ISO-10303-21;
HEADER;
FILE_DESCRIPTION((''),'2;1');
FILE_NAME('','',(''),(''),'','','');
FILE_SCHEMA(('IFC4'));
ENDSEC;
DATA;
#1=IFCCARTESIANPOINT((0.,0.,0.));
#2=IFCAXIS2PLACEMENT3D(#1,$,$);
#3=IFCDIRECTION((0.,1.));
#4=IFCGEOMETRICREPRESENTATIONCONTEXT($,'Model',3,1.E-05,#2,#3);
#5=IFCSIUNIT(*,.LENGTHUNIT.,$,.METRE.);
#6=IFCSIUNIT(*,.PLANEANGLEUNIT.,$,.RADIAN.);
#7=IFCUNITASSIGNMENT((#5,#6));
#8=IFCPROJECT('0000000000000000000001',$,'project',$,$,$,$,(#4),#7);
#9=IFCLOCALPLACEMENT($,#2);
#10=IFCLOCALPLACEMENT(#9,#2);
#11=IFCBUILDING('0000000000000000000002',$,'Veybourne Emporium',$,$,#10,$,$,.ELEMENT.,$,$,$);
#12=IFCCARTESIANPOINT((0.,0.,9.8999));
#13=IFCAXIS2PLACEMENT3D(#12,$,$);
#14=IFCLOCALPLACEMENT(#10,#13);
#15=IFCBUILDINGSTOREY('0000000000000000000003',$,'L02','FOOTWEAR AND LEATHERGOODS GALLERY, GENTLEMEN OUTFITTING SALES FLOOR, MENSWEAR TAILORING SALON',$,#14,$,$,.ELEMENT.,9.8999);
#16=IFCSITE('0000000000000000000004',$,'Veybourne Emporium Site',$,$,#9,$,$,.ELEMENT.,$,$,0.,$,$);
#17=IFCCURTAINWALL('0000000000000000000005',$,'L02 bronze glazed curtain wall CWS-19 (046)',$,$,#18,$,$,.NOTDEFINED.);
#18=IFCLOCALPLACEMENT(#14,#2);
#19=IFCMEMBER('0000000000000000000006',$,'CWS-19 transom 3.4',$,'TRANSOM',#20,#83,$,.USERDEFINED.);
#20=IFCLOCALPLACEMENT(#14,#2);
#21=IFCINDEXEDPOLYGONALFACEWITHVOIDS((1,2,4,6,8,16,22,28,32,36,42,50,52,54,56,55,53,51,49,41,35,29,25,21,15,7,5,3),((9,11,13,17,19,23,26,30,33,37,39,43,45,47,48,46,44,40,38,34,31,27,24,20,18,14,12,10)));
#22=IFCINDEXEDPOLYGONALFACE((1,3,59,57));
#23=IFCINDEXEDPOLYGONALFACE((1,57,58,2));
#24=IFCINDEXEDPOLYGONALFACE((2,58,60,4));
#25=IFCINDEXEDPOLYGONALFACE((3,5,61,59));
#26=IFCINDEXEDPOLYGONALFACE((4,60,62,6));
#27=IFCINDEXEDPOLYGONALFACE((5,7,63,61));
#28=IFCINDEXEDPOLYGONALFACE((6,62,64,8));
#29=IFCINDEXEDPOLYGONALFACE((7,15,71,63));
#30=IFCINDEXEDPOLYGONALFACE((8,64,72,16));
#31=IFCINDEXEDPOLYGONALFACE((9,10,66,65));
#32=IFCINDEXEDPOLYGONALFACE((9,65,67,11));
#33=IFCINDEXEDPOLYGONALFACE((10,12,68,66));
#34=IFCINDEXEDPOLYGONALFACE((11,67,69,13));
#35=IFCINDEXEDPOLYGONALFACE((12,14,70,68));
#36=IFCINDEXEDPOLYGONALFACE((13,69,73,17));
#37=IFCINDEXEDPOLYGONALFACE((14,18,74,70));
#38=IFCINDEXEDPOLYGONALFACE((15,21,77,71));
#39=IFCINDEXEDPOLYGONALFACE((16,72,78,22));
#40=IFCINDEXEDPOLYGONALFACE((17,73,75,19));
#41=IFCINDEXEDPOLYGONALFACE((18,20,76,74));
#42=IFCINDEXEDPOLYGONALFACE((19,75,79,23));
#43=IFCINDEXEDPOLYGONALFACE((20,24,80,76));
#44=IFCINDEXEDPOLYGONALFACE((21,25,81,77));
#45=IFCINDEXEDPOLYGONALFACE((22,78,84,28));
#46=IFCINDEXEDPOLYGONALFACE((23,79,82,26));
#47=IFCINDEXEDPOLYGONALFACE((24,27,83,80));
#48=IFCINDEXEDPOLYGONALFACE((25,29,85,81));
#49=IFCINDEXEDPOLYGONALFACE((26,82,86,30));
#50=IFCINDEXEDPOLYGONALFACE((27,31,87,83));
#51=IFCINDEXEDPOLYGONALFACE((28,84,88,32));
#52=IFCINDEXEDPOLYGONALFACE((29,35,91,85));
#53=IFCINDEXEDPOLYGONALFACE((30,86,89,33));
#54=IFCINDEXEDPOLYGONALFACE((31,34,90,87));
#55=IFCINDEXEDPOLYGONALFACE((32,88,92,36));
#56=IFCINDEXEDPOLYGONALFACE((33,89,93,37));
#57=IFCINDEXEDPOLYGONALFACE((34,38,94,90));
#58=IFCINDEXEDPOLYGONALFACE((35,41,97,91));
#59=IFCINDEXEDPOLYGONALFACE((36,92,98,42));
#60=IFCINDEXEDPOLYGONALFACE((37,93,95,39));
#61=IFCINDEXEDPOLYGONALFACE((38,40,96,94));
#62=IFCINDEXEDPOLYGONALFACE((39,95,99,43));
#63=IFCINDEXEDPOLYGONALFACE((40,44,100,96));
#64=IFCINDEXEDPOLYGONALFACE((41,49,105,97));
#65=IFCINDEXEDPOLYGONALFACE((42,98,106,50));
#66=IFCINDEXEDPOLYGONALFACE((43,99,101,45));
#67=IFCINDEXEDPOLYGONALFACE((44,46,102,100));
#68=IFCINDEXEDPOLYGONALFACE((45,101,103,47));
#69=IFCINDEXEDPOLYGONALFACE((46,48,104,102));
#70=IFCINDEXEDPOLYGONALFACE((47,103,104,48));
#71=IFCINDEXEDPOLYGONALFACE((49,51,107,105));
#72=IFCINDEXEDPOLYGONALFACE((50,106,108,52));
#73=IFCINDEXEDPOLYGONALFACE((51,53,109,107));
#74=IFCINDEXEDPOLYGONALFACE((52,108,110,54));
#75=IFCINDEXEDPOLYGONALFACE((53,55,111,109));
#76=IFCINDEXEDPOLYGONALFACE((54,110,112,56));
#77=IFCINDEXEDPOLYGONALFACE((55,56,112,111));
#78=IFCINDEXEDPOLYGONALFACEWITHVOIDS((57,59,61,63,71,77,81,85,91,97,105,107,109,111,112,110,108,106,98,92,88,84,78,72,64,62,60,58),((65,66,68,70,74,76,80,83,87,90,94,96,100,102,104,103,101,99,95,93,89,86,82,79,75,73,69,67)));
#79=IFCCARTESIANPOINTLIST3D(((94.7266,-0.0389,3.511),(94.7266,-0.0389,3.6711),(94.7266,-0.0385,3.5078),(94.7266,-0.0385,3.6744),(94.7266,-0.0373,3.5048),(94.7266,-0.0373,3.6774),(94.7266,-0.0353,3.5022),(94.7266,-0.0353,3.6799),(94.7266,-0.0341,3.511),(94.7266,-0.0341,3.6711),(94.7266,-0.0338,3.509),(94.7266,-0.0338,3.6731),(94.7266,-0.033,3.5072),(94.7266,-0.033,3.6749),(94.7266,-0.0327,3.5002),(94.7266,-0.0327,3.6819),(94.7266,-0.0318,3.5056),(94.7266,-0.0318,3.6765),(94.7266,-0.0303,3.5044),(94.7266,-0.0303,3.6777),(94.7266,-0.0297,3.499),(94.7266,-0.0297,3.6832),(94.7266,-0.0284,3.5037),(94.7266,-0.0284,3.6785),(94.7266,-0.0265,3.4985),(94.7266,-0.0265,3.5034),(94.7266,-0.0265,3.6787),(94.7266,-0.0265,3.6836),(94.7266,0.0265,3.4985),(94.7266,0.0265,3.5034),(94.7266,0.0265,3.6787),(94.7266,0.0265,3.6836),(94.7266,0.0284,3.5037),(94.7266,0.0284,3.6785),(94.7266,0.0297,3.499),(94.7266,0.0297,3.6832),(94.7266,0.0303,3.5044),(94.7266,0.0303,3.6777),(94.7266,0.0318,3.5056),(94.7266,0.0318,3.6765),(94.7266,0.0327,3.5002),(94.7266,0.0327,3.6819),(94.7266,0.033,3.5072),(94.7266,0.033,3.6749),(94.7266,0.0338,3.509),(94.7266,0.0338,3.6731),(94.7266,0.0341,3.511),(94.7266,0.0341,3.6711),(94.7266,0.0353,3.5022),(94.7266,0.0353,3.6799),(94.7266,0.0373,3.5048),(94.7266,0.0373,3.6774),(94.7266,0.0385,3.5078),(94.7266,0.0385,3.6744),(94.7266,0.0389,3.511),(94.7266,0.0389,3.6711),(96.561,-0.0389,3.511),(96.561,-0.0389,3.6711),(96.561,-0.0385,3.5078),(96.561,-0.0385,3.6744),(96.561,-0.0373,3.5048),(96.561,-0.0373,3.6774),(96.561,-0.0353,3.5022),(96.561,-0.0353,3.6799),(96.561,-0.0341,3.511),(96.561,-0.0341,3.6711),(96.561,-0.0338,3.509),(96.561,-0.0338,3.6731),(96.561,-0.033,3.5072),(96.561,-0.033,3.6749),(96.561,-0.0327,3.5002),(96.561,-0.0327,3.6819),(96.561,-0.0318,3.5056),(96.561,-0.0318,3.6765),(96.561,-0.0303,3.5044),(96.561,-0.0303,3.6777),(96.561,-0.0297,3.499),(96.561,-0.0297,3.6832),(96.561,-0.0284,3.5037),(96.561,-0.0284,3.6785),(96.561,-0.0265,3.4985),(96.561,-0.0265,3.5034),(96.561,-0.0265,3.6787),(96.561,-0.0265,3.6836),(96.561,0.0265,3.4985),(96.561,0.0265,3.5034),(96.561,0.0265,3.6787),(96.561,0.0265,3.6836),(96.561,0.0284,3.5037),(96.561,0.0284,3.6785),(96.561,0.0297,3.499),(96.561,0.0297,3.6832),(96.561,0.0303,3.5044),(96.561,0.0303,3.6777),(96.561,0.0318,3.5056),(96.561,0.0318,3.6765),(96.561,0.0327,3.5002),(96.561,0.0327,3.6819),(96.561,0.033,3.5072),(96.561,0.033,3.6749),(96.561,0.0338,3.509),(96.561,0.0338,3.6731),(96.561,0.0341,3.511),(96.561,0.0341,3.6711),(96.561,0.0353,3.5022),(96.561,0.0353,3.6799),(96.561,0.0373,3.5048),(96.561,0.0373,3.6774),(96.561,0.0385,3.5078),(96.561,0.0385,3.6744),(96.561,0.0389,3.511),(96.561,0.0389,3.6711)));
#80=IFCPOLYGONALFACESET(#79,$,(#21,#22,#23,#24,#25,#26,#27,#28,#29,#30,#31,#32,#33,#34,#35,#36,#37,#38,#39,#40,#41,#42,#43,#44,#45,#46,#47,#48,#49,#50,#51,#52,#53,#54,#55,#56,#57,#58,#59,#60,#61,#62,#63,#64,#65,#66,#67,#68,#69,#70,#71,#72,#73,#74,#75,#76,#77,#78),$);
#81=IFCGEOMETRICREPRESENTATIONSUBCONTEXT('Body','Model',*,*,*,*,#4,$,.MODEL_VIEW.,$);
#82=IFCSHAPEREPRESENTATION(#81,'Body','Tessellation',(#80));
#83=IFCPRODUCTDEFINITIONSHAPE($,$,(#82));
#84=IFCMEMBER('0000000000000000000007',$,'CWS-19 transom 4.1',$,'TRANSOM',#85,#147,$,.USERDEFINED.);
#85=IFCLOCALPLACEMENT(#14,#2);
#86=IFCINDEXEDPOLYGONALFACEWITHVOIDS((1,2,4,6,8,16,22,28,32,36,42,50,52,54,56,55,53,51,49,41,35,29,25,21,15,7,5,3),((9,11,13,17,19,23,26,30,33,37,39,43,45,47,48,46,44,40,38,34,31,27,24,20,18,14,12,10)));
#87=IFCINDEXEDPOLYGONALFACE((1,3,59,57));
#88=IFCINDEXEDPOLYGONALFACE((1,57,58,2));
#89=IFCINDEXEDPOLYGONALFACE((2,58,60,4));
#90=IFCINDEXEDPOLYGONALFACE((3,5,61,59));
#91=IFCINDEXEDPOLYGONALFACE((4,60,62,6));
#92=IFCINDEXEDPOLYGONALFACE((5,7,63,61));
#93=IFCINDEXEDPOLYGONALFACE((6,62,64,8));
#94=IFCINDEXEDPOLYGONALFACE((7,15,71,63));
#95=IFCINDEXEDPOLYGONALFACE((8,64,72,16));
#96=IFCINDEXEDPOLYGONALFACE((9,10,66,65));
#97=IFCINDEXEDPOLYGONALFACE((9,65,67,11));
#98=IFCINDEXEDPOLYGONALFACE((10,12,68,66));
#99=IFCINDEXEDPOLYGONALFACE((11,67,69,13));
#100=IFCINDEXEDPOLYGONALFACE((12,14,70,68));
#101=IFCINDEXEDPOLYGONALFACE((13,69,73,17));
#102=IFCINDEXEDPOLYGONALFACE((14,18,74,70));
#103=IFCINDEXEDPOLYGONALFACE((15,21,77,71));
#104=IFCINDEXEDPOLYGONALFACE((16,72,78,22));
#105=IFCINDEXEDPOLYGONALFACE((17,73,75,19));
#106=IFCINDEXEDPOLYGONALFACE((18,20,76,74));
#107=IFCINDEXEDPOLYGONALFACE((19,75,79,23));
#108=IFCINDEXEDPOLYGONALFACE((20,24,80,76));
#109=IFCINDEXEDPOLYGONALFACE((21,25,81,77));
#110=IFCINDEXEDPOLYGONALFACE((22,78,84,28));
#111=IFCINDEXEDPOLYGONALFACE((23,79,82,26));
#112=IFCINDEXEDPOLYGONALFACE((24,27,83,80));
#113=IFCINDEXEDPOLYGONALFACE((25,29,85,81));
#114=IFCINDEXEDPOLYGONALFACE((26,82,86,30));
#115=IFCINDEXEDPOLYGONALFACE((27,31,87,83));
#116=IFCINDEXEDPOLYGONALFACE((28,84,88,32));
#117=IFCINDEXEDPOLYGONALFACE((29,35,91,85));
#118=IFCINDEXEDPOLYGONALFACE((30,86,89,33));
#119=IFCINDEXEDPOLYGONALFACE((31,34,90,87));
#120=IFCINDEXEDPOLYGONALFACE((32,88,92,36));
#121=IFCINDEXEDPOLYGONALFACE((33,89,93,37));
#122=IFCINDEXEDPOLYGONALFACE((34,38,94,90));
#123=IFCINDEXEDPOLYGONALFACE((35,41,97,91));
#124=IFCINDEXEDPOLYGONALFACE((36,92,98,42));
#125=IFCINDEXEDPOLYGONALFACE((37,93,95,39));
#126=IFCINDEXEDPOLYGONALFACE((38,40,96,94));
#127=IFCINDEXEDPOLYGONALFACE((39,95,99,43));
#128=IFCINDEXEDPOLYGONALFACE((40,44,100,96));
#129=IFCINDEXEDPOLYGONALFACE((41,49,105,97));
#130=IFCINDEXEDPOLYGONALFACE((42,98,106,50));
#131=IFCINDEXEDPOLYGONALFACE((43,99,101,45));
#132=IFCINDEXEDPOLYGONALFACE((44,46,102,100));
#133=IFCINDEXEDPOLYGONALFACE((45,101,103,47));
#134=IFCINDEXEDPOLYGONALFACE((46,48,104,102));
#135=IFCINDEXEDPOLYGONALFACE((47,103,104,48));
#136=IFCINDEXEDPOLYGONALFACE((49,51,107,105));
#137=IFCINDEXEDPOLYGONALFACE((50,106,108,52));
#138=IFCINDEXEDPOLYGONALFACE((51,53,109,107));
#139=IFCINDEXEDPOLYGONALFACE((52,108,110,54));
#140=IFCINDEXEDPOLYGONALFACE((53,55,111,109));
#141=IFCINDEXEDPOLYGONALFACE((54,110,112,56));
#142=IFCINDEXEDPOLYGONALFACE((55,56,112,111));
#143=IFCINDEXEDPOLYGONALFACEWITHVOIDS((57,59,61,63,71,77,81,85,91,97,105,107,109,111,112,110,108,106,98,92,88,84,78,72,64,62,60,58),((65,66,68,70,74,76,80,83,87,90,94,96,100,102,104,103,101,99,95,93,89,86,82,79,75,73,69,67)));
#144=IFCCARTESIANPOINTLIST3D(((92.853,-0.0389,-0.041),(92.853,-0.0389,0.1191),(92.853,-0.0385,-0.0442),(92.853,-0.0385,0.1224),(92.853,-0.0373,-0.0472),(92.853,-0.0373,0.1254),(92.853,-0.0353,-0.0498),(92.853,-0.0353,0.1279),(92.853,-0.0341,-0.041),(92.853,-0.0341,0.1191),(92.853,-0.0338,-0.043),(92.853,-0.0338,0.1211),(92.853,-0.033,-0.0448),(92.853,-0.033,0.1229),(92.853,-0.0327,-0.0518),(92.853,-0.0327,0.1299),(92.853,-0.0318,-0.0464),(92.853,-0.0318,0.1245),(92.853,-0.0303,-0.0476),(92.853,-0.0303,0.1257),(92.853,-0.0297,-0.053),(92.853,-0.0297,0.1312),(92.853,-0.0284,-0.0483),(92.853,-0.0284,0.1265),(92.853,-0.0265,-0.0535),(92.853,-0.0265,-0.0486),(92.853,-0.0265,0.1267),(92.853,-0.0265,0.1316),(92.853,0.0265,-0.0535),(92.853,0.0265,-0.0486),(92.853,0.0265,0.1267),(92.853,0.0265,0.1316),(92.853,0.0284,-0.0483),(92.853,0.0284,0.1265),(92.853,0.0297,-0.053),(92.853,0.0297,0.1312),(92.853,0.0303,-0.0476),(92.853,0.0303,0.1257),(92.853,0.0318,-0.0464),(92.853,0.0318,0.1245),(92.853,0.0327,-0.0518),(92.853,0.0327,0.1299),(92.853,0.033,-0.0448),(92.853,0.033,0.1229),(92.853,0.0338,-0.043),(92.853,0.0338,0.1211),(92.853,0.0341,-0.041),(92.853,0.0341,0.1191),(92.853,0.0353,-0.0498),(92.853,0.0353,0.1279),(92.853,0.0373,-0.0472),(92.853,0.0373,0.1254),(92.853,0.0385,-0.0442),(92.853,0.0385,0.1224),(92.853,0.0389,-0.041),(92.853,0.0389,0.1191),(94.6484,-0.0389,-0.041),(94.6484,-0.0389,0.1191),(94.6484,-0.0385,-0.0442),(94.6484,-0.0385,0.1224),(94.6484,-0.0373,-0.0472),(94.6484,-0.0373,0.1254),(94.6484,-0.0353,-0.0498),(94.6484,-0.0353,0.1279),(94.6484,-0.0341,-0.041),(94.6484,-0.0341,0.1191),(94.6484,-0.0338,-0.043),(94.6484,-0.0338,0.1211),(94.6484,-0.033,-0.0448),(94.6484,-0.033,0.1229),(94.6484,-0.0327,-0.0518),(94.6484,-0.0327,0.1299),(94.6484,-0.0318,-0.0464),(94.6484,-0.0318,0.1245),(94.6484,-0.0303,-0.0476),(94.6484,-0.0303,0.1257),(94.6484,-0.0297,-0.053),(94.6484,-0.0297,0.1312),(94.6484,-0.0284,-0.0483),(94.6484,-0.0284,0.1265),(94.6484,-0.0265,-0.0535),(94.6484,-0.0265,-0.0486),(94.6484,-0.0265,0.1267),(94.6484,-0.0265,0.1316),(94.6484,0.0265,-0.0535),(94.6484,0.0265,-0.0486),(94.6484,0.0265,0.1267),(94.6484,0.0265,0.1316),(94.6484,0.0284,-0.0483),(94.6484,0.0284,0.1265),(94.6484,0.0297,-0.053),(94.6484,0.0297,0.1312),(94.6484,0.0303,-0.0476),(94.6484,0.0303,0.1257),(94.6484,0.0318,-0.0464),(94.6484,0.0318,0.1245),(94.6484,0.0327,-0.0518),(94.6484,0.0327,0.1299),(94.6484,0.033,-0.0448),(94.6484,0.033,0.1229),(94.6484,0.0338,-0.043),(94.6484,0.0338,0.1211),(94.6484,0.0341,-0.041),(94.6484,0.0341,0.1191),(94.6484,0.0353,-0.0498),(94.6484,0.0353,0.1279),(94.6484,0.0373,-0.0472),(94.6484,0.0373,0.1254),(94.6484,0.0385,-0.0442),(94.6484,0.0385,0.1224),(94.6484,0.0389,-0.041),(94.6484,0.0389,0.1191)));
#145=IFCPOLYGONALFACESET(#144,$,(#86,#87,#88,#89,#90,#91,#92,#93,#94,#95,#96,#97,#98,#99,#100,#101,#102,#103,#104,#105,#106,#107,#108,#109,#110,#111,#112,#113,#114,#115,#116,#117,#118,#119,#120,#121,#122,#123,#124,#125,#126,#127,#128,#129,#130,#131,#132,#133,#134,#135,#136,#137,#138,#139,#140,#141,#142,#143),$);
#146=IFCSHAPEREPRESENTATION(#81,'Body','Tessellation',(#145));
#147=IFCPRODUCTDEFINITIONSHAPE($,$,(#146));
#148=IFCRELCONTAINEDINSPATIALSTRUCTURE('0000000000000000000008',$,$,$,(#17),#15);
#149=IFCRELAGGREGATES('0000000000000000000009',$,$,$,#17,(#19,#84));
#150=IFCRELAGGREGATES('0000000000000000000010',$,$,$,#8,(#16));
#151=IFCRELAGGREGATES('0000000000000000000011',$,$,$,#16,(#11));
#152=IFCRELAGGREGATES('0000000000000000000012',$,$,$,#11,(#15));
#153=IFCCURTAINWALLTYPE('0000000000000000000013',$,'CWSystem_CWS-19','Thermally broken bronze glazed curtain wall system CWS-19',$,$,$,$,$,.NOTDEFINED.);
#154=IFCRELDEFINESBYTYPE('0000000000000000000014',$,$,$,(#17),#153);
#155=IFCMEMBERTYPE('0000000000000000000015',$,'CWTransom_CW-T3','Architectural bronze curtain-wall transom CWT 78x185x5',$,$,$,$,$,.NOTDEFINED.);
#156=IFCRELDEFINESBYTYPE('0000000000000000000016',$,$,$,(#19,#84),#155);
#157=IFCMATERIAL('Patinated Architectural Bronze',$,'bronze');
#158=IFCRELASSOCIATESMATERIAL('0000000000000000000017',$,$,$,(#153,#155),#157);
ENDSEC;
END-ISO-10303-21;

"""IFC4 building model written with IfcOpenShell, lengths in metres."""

from ifc_helpers import new_model, si_unit, direction, frame, origin, origin_2d, place, context, subcontext, project, spatial, hollow_rectangle, extrude, material, material_profile, profile_set, type_object, element, aggregate, save


model = new_model("IFC4")

# Units and contexts
model_context = context("Model", 3, precision=1e-05, world=origin(), true_north=direction((0.0, 1.0)))
body_context = subcontext(model_context, "Body", "Model", "MODEL_VIEW")
ifc_project = project(units=[si_unit("LENGTHUNIT", "METRE"), si_unit("PLANEANGLEUNIT", "RADIAN")], contexts=[model_context])

# Site, building, storey
site_placement = place(None, origin())
site = spatial("IfcSite", under=ifc_project, at=site_placement, Name="Veybourne Emporium Site", CompositionType="ELEMENT", RefElevation=0.0)
building_placement = place(site_placement, origin())
building = spatial("IfcBuilding", under=site, at=building_placement, Name="Veybourne Emporium", CompositionType="ELEMENT")
storey_placement = place(building_placement, frame((0.0, 0.0, 9.8999)))
storey = spatial("IfcBuildingStorey", under=building, at=storey_placement, Name="L02", Description="FOOTWEAR AND LEATHERGOODS GALLERY, GENTLEMEN OUTFITTING SALES FLOOR, MENSWEAR TAILORING SALON", CompositionType="ELEMENT", Elevation=9.8999)

# Curtain wall, members
ifc_material_1 = material(Name="Patinated Architectural Bronze", Category="bronze")
curtain_wall_type = type_object("IfcCurtainWallType", Name="CWSystem_CWS-19", Description="Thermally broken bronze glazed curtain wall system CWS-19", PredefinedType="NOTDEFINED", material=ifc_material_1)
curtain_wall_placement = place(storey_placement, origin())
curtain_wall = element("IfcCurtainWall", 1, at=curtain_wall_placement, inside=storey, type_object=curtain_wall_type, Name="L02 bronze glazed curtain wall CWS-19 (046)", PredefinedType="NOTDEFINED")
ifc_material_profile_1 = material_profile(ifc_material_1, hollow_rectangle(XDim=0.0779, YDim=0.1851, WallThickness=0.0049, InnerFilletRadius=0.0076, OuterFilletRadius=0.0125, at=origin_2d()), Name="CWT 78x185x5")
ifc_profile_set_1 = profile_set([ifc_material_profile_1], Name="Patinated Architectural Bronze")
member_type_1 = type_object("IfcMemberType", Name="CWTransom_CW-T3", Description="Architectural bronze curtain-wall transom CWT 78x185x5", PredefinedType="NOTDEFINED", material=ifc_profile_set_1)
member_1_placement = place(storey_placement, frame((96.561, 0.0, 3.5911), z_axis=(-1.0, 0.0, 0.0), x_axis=(0.0, -1.0, 0.0)))
member_1 = element("IfcMember", 2, at=member_1_placement, type_object=member_type_1, Name="CWS-19 transom 3.4", ObjectType="TRANSOM", PredefinedType="USERDEFINED", context=body_context, shape_type="SweptSolid", body=[
    extrude(hollow_rectangle(XDim=0.0779, YDim=0.1851, WallThickness=0.0049, InnerFilletRadius=0.0076, OuterFilletRadius=0.0125, at=origin_2d()), origin(), (0.0, 0.0, 1.0), 1.8345),
])
member_2_placement = place(storey_placement, frame((94.6484, 0.0, 0.0391), z_axis=(-1.0, 0.0, 0.0), x_axis=(0.0, -1.0, 0.0)))
member_2 = element("IfcMember", 3, at=member_2_placement, type_object=member_type_1, Name="CWS-19 transom 4.1", ObjectType="TRANSOM", PredefinedType="USERDEFINED", context=body_context, shape_type="SweptSolid", body=[
    extrude(hollow_rectangle(XDim=0.0779, YDim=0.1851, WallThickness=0.0049, InnerFilletRadius=0.0076, OuterFilletRadius=0.0125, at=origin_2d()), origin(), (0.0, 0.0, 1.0), 1.7954),
])
aggregate(curtain_wall, [member_1, member_2])

save(model, "model.ifc")
